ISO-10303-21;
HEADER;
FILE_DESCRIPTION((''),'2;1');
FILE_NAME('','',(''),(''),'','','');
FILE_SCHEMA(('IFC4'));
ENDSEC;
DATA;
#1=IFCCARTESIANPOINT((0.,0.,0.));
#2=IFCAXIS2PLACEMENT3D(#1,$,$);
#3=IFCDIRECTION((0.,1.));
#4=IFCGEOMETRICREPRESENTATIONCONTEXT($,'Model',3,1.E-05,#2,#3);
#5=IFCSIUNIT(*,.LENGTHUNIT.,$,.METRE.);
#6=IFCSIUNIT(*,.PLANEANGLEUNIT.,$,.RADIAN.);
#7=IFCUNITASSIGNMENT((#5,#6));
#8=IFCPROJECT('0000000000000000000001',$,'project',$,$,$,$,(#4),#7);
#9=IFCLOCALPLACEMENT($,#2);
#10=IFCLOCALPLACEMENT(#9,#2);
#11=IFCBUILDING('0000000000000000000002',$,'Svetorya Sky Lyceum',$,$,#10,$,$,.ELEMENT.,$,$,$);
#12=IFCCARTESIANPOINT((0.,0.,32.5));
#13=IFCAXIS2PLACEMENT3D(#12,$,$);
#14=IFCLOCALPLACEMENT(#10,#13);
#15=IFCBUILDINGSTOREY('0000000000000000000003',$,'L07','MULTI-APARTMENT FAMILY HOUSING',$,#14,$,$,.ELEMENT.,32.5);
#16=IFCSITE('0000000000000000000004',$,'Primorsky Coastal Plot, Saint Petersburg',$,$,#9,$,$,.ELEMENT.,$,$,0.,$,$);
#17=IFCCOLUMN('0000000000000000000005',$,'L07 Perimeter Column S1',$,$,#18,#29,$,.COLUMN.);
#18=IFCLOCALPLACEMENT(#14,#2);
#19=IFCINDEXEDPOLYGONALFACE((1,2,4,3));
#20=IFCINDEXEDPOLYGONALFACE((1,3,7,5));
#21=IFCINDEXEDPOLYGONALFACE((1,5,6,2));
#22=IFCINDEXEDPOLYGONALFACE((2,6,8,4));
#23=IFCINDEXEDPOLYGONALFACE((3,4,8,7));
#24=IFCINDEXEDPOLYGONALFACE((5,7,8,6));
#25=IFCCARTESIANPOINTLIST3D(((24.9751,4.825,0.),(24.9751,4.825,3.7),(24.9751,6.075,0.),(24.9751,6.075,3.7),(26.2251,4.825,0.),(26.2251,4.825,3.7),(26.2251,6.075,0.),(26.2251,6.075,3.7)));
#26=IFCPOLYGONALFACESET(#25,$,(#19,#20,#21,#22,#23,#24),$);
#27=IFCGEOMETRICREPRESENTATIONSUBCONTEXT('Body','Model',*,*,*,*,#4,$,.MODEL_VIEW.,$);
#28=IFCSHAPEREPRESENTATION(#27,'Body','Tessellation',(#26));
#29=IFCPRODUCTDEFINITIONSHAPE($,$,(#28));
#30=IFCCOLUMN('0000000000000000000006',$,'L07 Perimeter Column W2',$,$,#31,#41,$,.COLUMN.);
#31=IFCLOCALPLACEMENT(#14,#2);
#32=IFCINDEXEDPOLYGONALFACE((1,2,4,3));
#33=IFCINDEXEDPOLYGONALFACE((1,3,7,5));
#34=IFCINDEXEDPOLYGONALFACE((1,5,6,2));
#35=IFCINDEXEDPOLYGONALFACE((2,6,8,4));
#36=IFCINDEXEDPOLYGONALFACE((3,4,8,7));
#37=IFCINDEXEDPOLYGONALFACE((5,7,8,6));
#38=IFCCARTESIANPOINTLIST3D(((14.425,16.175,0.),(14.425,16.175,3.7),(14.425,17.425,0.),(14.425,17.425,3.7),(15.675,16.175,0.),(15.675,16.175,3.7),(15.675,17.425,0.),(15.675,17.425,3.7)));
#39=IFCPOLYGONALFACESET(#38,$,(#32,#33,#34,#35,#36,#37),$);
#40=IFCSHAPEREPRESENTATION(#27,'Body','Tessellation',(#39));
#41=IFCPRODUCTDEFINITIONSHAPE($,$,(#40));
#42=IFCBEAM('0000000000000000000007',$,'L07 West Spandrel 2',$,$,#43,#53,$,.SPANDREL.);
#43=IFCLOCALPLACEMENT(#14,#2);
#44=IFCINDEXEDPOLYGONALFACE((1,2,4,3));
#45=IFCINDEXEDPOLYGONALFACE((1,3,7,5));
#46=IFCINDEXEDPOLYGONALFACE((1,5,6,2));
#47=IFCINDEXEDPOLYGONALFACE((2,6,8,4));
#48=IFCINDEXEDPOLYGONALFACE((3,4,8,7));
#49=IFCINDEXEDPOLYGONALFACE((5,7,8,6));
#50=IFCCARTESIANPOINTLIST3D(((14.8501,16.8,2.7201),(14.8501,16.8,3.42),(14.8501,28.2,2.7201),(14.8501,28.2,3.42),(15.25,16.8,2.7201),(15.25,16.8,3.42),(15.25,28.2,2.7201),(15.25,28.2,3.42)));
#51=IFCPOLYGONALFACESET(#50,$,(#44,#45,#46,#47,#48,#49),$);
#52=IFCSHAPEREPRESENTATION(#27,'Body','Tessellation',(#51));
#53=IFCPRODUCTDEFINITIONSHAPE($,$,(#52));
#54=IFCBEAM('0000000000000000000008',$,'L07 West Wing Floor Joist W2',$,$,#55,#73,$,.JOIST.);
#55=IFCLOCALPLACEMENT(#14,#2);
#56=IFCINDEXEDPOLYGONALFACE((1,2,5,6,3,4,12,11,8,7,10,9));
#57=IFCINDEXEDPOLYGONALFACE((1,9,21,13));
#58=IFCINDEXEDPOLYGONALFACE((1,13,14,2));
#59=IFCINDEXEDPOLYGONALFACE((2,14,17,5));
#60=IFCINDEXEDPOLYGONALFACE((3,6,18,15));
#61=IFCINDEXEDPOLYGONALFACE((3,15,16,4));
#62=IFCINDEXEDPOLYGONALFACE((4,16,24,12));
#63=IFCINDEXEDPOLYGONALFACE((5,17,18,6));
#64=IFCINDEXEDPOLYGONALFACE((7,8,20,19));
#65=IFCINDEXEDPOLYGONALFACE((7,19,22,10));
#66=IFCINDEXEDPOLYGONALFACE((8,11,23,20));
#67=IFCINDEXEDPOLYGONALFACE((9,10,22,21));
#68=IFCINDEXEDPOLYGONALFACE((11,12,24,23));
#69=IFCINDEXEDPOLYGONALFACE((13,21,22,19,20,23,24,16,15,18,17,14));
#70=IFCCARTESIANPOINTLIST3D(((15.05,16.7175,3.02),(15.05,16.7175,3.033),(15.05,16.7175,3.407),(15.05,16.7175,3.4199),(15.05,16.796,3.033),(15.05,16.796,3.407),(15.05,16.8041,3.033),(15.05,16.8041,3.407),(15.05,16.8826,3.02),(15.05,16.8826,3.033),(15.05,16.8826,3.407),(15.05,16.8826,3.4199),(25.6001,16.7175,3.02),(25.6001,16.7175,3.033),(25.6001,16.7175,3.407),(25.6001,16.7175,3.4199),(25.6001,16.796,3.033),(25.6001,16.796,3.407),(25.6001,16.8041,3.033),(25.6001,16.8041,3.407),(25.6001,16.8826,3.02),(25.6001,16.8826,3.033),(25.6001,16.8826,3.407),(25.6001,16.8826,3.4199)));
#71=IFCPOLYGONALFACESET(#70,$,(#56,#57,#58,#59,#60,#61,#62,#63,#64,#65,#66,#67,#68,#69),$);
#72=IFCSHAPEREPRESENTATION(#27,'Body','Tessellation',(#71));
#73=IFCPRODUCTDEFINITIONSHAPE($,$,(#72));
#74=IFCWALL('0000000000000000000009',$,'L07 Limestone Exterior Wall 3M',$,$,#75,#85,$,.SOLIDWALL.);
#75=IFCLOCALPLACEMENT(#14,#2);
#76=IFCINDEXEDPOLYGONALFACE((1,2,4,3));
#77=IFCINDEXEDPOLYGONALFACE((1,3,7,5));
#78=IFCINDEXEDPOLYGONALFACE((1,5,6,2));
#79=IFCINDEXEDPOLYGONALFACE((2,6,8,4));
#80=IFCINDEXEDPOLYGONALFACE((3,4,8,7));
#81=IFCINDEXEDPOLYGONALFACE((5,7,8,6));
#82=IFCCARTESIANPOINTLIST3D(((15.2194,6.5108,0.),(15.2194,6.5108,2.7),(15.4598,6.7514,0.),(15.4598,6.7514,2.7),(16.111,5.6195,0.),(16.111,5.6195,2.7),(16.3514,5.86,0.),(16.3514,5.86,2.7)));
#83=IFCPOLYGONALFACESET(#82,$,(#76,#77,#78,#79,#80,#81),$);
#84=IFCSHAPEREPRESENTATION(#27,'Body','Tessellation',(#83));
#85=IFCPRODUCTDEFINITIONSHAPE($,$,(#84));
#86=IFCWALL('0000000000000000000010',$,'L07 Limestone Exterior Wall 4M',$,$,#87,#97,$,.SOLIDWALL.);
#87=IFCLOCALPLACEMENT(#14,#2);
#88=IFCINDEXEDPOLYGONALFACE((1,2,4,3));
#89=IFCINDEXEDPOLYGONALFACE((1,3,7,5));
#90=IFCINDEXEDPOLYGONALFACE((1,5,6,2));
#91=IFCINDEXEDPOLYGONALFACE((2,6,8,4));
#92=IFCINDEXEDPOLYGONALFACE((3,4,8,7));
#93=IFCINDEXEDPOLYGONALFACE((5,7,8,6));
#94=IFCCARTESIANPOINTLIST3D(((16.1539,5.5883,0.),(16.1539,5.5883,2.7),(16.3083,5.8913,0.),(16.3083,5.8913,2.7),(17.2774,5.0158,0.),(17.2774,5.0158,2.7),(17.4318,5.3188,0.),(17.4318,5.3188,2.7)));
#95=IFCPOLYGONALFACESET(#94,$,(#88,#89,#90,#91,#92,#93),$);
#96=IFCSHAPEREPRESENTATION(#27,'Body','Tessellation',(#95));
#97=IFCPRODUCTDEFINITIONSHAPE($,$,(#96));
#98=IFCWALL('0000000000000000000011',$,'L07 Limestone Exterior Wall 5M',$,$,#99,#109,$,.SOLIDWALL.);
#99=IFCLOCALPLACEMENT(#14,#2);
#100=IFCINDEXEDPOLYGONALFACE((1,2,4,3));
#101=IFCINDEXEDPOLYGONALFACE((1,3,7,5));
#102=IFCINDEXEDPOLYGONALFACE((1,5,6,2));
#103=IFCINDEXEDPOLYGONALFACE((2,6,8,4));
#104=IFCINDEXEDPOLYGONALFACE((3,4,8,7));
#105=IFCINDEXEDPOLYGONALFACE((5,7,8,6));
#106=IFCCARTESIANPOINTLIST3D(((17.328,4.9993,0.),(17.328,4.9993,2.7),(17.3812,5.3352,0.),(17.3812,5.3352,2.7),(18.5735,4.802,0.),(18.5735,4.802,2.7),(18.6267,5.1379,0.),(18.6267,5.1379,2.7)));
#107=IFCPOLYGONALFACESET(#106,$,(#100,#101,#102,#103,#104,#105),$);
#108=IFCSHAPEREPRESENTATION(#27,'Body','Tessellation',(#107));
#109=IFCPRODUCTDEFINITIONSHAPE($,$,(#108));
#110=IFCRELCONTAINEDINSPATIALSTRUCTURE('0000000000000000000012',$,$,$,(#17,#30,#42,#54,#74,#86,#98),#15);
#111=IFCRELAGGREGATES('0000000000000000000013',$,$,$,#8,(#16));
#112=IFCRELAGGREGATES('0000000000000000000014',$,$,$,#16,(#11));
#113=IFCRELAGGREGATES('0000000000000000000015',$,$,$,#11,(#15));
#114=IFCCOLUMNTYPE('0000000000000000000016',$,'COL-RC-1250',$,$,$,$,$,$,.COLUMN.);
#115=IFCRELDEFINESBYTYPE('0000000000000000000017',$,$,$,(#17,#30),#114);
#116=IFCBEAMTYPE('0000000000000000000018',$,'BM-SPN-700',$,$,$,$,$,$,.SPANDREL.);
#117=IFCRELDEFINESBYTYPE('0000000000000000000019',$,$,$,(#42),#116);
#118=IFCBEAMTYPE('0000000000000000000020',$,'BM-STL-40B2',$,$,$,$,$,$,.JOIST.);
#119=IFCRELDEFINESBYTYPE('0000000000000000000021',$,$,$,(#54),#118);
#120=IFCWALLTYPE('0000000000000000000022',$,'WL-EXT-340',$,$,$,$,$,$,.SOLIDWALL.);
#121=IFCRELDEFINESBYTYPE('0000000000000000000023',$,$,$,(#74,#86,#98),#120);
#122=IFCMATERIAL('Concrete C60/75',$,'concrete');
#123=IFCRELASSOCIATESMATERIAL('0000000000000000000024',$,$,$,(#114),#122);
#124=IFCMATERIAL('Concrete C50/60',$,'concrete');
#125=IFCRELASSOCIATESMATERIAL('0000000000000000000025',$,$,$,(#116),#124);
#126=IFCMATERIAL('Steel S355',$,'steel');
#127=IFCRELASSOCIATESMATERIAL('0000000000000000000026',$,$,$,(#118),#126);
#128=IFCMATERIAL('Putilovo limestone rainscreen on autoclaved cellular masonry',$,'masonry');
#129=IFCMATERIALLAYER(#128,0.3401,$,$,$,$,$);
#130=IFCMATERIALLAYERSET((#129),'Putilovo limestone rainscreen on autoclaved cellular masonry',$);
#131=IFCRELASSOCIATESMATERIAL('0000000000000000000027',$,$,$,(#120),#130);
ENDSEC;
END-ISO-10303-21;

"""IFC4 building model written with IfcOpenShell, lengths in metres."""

from ifc_helpers import new_model, si_unit, direction, frame, frame_2d, origin, origin_2d, place, context, subcontext, project, spatial, rectangle, i_section, extrude, material, layer, layer_set, material_profile, profile_set, type_object, element, save


model = new_model("IFC4")

# Units and contexts
model_context = context("Model", 3, precision=1e-05, world=origin(), true_north=direction((0.0, 1.0)))
body_context = subcontext(model_context, "Body", "Model", "MODEL_VIEW")
ifc_project = project(units=[si_unit("LENGTHUNIT", "METRE"), si_unit("PLANEANGLEUNIT", "RADIAN")], contexts=[model_context])

# Site, building, storey
site_placement = place(None, origin())
site = spatial("IfcSite", under=ifc_project, at=site_placement, Name="Primorsky Coastal Plot, Saint Petersburg", CompositionType="ELEMENT", RefElevation=0.0)
building_placement = place(site_placement, origin())
building = spatial("IfcBuilding", under=site, at=building_placement, Name="Svetorya Sky Lyceum", CompositionType="ELEMENT")
storey_placement = place(building_placement, frame((0.0, 0.0, 32.5)))
storey = spatial("IfcBuildingStorey", under=building, at=storey_placement, Name="L07", Description="MULTI-APARTMENT FAMILY HOUSING", CompositionType="ELEMENT", Elevation=32.5)

# Columns
ifc_material_1 = material(Name="Concrete C60/75", Category="concrete")
ifc_material_profile_1 = material_profile(ifc_material_1, rectangle(XDim=1.25, YDim=1.25, at=origin_2d()), Name="RC COL 1250x1250")
ifc_profile_set_1 = profile_set([ifc_material_profile_1], Name="Concrete C60/75")
column_type = type_object("IfcColumnType", Name="COL-RC-1250", PredefinedType="COLUMN", material=ifc_profile_set_1)
for number, where, z_axis, x_axis, name in (
    (1, (25.6001, 5.45, 0.0), (0.0, 0.0, 1.0), (1.0, 0.0, 0.0), "L07 Perimeter Column S1"),
    (2, (15.05, 16.8, 0.0), (0.0, 0.0, 1.0), (1.0, 0.0, 0.0), "L07 Perimeter Column W2"),
):
    element("IfcColumn", number, at=place(storey_placement, frame(where, z_axis=z_axis, x_axis=x_axis)), inside=storey, type_object=column_type, Name=name, PredefinedType="COLUMN", context=body_context, shape_type="SweptSolid", body=[
        extrude(rectangle(XDim=1.25, YDim=1.25, at=origin_2d()), origin(), (0.0, 0.0, 1.0), 3.7),
    ])

# Beams
ifc_material_2 = material(Name="Concrete C50/60", Category="concrete")
ifc_material_profile_2 = material_profile(ifc_material_2, rectangle(XDim=0.3999, YDim=0.7, at=origin_2d()), Name="RC SPANDREL 400x700")
ifc_profile_set_2 = profile_set([ifc_material_profile_2], Name="Concrete C50/60")
beam_type_1 = type_object("IfcBeamType", Name="BM-SPN-700", PredefinedType="SPANDREL", material=ifc_profile_set_2)
beam_1_placement = place(storey_placement, frame((15.05, 16.8, 3.0701), z_axis=(0.0, 1.0, 0.0), x_axis=(-1.0, 0.0, 0.0)))
element("IfcBeam", 3, at=beam_1_placement, inside=storey, type_object=beam_type_1, Name="L07 West Spandrel 2", PredefinedType="SPANDREL", context=body_context, shape_type="SweptSolid", body=[
    extrude(rectangle(XDim=0.3999, YDim=0.7, at=origin_2d()), origin(), (0.0, 0.0, 1.0), 11.3999),
])
ifc_material_3 = material(Name="Steel S355", Category="steel")
ifc_material_profile_3 = material_profile(ifc_material_3, i_section(OverallWidth=0.165, OverallDepth=0.3999, WebThickness=0.0081, FlangeThickness=0.0129, at=origin_2d()), Name="GOST 40B2")
ifc_profile_set_3 = profile_set([ifc_material_profile_3], Name="Steel S355")
beam_type_2 = type_object("IfcBeamType", Name="BM-STL-40B2", PredefinedType="JOIST", material=ifc_profile_set_3)
beam_2_placement = place(storey_placement, frame((15.05, 16.8, 3.22), z_axis=(1.0, 0.0, 0.0), x_axis=(0.0, 1.0, 0.0)))
element("IfcBeam", 4, at=beam_2_placement, inside=storey, type_object=beam_type_2, Name="L07 West Wing Floor Joist W2", PredefinedType="JOIST", context=body_context, shape_type="SweptSolid", body=[
    extrude(i_section(OverallWidth=0.165, OverallDepth=0.3999, WebThickness=0.0081, FlangeThickness=0.0129, at=origin_2d()), origin(), (0.0, 0.0, 1.0), 10.55),
])

# Walls
ifc_material_4 = material(Name="Putilovo limestone rainscreen on autoclaved cellular masonry", Category="masonry")
ifc_layer_1 = layer(ifc_material_4, 0.3401)
ifc_layer_set_1 = layer_set([ifc_layer_1], Name="Putilovo limestone rainscreen on autoclaved cellular masonry")
wall_type_1 = type_object("IfcWallType", Name="WL-EXT-340", PredefinedType="SOLIDWALL", material=ifc_layer_set_1)
wall_1_placement = place(storey_placement, frame((15.3396, 6.6311, 0.0), z_axis=(0.0, 0.0, 1.0), x_axis=(0.707204, -0.70701, 0.0)))
element("IfcWall", 5, at=wall_1_placement, inside=storey, type_object=wall_type_1, Name="L07 Limestone Exterior Wall 3M", PredefinedType="SOLIDWALL", context=body_context, shape_type="SweptSolid", body=[
    extrude(rectangle(XDim=1.2607, YDim=0.3401, at=frame_2d((0.6304, 0.0))), origin(), (0.0, 0.0, 1.0), 2.7),
])
for number, where, z_axis, x_axis, name in (
    (6, (16.2312, 5.7397, 0.0), (0.0, 0.0, 1.0), (0.890994, -0.454016, 0.0), "L07 Limestone Exterior Wall 4M"),
    (7, (17.3547, 5.1672, 0.0), (0.0, 0.0, 1.0), (0.987686, -0.15645, 0.0), "L07 Limestone Exterior Wall 5M"),
):
    element("IfcWall", number, at=place(storey_placement, frame(where, z_axis=z_axis, x_axis=x_axis)), inside=storey, type_object=wall_type_1, Name=name, PredefinedType="SOLIDWALL", context=body_context, shape_type="SweptSolid", body=[
        extrude(rectangle(XDim=1.261, YDim=0.3401, at=frame_2d((0.6304, 0.0))), origin(), (0.0, 0.0, 1.0), 2.7),
    ])

save(model, "model.ifc")
